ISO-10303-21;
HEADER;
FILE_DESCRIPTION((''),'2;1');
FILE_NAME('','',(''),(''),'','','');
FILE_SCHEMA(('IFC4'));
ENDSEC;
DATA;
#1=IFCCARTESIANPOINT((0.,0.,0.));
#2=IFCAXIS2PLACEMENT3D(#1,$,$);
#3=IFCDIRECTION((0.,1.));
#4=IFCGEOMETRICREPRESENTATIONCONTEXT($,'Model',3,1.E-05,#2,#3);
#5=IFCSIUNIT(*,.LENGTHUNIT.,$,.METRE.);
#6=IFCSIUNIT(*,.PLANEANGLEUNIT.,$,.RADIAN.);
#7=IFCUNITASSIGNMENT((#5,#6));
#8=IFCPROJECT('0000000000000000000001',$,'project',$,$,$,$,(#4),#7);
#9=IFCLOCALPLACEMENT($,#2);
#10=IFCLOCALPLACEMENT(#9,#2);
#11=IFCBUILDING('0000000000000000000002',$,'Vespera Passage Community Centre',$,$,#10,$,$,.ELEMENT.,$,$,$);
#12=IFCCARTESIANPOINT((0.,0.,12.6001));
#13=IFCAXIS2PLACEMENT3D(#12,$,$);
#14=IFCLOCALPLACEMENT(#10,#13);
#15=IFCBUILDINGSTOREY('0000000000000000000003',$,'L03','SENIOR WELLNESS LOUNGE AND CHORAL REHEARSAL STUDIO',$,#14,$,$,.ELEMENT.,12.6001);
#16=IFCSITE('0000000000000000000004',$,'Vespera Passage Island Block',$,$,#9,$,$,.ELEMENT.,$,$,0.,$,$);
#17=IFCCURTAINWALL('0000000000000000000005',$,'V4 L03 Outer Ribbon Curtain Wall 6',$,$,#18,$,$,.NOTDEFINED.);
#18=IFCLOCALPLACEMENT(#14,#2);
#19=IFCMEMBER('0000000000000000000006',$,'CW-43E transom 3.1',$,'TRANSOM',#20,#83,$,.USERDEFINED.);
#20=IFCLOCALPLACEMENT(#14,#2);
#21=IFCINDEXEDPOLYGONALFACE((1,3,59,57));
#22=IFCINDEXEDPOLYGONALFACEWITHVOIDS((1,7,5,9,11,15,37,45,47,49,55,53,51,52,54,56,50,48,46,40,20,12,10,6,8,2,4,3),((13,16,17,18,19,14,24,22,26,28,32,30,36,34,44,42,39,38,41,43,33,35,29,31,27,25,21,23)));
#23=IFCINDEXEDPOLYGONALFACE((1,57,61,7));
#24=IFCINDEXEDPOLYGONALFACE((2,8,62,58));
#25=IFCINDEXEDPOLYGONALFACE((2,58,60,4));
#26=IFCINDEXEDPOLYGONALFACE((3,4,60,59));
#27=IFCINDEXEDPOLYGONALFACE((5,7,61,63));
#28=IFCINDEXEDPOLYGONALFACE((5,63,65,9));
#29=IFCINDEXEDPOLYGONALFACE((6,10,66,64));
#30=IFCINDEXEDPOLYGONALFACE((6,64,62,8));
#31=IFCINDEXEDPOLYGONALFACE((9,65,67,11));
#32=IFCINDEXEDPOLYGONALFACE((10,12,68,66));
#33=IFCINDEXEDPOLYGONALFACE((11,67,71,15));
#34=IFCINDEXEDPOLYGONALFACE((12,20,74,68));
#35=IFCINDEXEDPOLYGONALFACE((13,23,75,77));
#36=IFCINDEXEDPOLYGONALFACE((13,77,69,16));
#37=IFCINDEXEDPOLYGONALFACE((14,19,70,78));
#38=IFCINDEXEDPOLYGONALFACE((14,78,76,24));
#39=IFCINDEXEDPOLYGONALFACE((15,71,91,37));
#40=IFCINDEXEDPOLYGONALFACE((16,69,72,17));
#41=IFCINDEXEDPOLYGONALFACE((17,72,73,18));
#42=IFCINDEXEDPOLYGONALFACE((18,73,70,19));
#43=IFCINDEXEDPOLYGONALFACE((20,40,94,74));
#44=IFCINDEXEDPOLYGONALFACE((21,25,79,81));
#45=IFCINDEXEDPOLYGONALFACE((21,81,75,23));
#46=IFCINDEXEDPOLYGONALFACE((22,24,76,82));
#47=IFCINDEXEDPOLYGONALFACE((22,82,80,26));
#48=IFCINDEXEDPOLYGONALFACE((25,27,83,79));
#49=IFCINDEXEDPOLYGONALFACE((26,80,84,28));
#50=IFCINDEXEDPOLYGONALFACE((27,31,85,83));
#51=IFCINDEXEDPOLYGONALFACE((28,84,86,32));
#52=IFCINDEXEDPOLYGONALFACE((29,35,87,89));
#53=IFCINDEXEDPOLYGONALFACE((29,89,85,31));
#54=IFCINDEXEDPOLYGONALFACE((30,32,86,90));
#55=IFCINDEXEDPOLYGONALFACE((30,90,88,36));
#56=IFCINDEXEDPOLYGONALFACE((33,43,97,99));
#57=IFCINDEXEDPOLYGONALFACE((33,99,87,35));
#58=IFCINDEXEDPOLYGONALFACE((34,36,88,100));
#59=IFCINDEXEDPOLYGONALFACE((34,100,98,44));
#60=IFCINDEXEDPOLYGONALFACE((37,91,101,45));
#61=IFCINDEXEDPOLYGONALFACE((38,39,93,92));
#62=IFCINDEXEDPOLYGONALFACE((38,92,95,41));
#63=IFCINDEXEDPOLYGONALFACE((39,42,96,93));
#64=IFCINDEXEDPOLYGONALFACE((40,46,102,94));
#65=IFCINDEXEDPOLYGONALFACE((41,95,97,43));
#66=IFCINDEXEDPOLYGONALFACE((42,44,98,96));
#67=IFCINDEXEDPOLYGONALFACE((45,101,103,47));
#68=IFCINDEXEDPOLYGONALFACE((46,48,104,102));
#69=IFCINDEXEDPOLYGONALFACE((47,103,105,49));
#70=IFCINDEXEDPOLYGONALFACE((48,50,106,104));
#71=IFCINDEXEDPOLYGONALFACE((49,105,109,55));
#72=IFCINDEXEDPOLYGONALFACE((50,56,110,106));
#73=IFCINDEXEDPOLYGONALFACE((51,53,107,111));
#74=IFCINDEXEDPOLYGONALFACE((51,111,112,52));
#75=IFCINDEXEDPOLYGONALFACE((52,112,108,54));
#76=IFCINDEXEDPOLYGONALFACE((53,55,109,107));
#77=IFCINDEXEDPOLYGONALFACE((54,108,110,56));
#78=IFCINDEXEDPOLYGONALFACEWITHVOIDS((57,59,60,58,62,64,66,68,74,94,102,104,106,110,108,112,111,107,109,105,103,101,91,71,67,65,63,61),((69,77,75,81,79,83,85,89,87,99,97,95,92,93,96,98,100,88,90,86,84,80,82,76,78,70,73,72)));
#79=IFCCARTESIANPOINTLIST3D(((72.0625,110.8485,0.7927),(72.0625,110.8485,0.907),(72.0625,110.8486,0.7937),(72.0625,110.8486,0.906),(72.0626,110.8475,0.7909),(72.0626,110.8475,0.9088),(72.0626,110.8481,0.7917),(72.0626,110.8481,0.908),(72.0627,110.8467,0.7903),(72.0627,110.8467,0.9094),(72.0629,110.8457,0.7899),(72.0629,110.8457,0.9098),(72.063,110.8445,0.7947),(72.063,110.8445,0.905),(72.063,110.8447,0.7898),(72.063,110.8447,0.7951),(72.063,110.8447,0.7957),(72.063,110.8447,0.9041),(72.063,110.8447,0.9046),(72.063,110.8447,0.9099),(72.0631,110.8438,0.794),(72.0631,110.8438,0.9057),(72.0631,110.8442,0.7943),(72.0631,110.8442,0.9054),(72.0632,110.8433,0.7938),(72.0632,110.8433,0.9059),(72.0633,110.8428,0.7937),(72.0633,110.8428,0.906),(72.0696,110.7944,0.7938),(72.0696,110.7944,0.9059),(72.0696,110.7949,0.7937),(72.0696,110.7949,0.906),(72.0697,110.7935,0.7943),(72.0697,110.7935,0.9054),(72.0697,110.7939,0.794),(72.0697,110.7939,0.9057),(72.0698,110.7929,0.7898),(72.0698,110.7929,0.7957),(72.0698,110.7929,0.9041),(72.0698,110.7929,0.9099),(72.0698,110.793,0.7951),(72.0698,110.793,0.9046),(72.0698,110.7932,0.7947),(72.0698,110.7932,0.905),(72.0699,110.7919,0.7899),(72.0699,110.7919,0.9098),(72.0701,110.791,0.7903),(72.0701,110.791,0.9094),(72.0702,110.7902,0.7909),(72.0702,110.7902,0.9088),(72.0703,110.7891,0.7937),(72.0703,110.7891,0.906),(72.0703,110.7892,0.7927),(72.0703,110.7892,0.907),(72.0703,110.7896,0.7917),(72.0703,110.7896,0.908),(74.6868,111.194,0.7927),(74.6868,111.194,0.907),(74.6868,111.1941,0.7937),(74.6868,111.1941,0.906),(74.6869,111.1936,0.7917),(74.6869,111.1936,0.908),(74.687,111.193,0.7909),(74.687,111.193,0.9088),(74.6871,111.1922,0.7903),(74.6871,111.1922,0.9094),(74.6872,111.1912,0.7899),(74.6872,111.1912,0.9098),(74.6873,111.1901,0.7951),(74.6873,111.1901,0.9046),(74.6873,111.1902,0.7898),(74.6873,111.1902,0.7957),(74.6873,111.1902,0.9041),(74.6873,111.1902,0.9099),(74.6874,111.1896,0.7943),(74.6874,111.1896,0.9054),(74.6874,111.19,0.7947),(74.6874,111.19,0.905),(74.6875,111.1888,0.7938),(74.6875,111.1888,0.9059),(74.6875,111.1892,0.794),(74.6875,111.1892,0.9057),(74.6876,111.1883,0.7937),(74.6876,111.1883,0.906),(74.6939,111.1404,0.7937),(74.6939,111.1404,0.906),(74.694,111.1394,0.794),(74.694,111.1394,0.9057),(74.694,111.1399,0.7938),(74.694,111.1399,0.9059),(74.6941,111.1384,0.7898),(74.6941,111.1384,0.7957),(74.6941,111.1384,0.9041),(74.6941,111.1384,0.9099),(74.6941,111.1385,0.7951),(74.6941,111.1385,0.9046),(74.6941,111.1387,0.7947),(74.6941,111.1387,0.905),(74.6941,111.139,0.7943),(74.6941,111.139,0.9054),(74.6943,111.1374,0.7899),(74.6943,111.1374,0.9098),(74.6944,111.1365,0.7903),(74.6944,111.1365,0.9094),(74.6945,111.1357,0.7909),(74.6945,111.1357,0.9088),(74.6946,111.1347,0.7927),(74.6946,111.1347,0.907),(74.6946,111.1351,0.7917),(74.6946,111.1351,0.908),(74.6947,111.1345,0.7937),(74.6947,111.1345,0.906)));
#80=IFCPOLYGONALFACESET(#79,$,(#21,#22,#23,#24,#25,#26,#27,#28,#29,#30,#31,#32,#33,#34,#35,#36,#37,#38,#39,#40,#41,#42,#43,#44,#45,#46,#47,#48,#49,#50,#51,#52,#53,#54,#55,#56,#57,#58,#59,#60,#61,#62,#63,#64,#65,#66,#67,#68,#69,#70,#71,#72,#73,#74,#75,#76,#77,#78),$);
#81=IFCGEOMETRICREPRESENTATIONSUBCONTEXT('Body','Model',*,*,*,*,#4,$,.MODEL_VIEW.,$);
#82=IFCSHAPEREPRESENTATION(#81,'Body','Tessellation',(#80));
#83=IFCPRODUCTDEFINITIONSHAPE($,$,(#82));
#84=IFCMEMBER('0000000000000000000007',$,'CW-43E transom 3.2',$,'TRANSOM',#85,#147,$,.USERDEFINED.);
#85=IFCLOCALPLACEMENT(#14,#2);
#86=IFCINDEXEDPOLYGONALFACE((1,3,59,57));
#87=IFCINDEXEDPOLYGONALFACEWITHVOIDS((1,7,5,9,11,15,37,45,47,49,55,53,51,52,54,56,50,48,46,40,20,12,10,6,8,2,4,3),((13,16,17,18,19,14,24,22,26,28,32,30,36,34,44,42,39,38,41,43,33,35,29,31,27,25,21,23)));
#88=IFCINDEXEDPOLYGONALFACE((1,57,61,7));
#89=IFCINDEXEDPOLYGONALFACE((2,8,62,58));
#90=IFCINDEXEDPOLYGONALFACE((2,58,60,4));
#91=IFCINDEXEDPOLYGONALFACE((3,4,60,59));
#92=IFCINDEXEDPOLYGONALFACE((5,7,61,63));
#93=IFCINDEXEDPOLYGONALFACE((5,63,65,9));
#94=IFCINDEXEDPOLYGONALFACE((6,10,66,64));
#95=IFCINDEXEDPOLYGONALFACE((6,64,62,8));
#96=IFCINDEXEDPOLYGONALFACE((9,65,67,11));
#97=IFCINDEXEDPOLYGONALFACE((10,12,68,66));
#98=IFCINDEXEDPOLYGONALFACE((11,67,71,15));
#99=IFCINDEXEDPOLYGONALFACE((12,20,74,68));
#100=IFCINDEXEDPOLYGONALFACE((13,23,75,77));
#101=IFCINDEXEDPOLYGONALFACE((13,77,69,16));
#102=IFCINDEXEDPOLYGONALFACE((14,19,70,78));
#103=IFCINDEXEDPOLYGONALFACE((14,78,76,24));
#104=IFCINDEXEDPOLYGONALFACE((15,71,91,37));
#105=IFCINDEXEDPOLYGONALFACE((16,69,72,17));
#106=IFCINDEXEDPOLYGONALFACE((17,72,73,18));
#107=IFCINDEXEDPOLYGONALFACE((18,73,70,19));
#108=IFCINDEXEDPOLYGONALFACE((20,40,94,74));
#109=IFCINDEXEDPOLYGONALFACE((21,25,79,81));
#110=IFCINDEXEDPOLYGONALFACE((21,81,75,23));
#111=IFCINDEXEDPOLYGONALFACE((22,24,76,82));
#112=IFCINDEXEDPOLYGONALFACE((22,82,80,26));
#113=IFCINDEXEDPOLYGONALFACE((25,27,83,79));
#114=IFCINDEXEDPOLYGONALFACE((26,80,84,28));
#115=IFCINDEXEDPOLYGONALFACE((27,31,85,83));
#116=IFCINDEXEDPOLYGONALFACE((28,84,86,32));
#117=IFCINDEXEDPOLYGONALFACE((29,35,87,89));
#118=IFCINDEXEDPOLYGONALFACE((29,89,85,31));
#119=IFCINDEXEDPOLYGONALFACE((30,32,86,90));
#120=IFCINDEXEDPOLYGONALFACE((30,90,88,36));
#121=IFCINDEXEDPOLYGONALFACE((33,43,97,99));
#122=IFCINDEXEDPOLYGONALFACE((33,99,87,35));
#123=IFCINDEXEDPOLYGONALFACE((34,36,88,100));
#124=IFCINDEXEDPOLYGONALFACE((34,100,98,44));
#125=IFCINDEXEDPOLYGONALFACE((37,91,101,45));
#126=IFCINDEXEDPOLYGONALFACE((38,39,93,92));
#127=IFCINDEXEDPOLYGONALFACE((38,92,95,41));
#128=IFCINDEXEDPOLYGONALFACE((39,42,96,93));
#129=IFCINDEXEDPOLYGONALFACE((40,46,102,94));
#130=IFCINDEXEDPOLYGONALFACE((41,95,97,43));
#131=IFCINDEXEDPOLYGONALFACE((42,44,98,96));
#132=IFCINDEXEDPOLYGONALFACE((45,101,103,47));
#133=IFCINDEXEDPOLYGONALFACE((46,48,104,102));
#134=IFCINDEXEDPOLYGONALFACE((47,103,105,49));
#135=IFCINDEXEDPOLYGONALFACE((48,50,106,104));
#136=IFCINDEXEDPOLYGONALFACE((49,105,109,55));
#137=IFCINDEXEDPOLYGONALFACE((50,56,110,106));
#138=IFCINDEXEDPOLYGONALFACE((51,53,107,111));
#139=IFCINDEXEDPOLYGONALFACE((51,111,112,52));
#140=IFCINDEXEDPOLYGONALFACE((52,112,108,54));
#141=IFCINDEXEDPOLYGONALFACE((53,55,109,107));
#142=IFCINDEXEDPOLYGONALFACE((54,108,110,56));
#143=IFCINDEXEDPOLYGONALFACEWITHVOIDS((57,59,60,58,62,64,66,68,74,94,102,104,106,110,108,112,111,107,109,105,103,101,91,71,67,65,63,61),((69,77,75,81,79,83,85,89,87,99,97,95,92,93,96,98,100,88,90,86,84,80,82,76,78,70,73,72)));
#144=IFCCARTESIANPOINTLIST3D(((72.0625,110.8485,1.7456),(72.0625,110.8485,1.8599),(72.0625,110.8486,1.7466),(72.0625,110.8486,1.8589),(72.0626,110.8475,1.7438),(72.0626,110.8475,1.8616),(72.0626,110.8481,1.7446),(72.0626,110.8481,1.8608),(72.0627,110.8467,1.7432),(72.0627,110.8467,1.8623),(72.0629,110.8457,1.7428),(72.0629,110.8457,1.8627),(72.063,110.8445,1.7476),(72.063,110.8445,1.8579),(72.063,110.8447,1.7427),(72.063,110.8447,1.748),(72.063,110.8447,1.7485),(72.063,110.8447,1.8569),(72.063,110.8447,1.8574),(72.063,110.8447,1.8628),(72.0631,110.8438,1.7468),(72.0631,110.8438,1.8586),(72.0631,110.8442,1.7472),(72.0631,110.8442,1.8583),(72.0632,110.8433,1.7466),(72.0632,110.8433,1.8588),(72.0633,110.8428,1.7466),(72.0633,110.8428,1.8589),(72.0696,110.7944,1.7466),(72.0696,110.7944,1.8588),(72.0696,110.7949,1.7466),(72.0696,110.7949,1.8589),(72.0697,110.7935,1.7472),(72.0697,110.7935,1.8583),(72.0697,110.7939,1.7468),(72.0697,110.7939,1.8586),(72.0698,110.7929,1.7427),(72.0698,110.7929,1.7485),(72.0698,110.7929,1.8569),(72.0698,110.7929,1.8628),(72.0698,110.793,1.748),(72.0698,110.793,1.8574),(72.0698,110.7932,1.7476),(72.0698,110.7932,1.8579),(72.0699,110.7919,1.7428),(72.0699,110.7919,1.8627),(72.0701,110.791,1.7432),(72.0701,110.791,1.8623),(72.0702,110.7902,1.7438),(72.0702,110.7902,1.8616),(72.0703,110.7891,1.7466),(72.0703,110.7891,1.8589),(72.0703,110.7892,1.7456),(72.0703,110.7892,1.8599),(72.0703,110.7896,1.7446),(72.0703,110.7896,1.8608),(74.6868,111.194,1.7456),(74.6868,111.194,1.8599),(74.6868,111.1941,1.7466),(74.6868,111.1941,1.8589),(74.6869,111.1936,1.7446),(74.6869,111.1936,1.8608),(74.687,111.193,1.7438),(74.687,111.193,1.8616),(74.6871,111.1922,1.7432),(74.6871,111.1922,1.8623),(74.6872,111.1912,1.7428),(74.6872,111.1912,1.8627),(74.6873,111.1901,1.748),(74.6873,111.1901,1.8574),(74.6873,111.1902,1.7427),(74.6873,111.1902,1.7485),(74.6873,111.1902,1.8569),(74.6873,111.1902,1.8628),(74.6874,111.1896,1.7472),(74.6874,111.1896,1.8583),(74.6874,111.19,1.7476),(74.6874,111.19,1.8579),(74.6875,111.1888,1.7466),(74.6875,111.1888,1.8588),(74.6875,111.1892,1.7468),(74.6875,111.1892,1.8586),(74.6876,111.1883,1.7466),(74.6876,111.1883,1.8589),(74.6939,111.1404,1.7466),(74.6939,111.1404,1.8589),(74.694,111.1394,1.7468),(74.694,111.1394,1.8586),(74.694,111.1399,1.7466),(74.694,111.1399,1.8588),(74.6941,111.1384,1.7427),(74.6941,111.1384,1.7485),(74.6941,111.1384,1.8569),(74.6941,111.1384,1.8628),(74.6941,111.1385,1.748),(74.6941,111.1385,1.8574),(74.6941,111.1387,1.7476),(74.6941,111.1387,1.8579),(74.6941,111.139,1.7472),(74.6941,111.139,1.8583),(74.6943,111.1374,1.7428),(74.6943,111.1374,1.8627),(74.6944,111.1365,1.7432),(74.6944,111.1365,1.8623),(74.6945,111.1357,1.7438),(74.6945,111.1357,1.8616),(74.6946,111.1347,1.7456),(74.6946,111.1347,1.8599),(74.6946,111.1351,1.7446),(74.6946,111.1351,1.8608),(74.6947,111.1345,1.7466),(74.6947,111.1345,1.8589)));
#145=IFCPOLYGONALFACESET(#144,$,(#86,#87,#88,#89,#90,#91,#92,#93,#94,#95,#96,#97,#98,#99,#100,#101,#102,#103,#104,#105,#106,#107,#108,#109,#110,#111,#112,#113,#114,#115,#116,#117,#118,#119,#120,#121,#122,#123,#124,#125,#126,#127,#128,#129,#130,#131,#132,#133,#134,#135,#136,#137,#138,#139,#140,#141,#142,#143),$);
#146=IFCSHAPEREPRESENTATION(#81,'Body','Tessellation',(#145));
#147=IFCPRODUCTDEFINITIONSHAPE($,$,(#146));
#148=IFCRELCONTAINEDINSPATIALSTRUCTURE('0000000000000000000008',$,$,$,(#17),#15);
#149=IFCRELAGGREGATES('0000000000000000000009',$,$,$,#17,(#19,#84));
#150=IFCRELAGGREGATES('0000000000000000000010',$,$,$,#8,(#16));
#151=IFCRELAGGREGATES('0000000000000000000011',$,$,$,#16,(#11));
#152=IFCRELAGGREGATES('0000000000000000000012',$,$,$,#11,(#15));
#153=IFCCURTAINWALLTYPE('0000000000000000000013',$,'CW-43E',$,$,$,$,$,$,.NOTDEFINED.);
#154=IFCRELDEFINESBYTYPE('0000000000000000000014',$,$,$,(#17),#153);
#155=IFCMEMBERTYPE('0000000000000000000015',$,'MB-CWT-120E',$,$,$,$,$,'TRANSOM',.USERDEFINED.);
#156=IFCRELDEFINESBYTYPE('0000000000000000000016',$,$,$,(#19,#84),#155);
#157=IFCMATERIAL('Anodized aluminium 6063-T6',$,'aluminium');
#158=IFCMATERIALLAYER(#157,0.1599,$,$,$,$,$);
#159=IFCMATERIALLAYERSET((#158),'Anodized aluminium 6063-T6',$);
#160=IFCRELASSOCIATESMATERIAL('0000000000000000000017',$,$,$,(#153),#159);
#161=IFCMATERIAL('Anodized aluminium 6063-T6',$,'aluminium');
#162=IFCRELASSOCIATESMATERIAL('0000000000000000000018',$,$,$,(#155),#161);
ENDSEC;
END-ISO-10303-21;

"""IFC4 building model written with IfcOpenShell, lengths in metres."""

from ifc_helpers import new_model, si_unit, direction, frame, origin, origin_2d, place, context, subcontext, project, spatial, hollow_rectangle, extrude, material, layer, layer_set, material_profile, profile_set, type_object, element, aggregate, save


model = new_model("IFC4")

# Units and contexts
model_context = context("Model", 3, precision=1e-05, world=origin(), true_north=direction((0.0, 1.0)))
body_context = subcontext(model_context, "Body", "Model", "MODEL_VIEW")
ifc_project = project(units=[si_unit("LENGTHUNIT", "METRE"), si_unit("PLANEANGLEUNIT", "RADIAN")], contexts=[model_context])

# Site, building, storey
site_placement = place(None, origin())
site = spatial("IfcSite", under=ifc_project, at=site_placement, Name="Vespera Passage Island Block", CompositionType="ELEMENT", RefElevation=0.0)
building_placement = place(site_placement, origin())
building = spatial("IfcBuilding", under=site, at=building_placement, Name="Vespera Passage Community Centre", CompositionType="ELEMENT")
storey_placement = place(building_placement, frame((0.0, 0.0, 12.6001)))
storey = spatial("IfcBuildingStorey", under=building, at=storey_placement, Name="L03", Description="SENIOR WELLNESS LOUNGE AND CHORAL REHEARSAL STUDIO", CompositionType="ELEMENT", Elevation=12.6001)

# Curtain wall, members
ifc_material_1 = material(Name="Anodized aluminium 6063-T6", Category="aluminium")
ifc_layer_1 = layer(ifc_material_1, 0.1599)
ifc_layer_set_1 = layer_set([ifc_layer_1], Name="Anodized aluminium 6063-T6")
curtain_wall_type = type_object("IfcCurtainWallType", Name="CW-43E", PredefinedType="NOTDEFINED", material=ifc_layer_set_1)
curtain_wall_placement = place(storey_placement, origin())
curtain_wall = element("IfcCurtainWall", 1, at=curtain_wall_placement, inside=storey, type_object=curtain_wall_type, Name="V4 L03 Outer Ribbon Curtain Wall 6", PredefinedType="NOTDEFINED")
ifc_material_2 = material(Name="Anodized aluminium 6063-T6", Category="aluminium")
ifc_material_profile_1 = material_profile(ifc_material_2, hollow_rectangle(XDim=0.0601, YDim=0.1201, WallThickness=0.0039, InnerFilletRadius=0.002, OuterFilletRadius=0.0039, at=origin_2d()), Name="ALU120X60X4")
ifc_profile_set_1 = profile_set([ifc_material_profile_1], Name="Anodized aluminium 6063-T6")
member_type_1 = type_object("IfcMemberType", Name="MB-CWT-120E", ElementType="TRANSOM", PredefinedType="USERDEFINED", material=ifc_profile_set_1)
member_1_placement = place(storey_placement, frame((72.0664, 110.8188, 0.8499), z_axis=(0.991446, 0.130514, 0.0), x_axis=(-0.130514, 0.991446, 0.0)))
member_1 = element("IfcMember", 2, at=member_1_placement, type_object=member_type_1, Name="CW-43E transom 3.1", ObjectType="TRANSOM", PredefinedType="USERDEFINED", context=body_context, shape_type="SweptSolid", body=[
    extrude(hollow_rectangle(XDim=0.0601, YDim=0.1201, WallThickness=0.0039, InnerFilletRadius=0.002, OuterFilletRadius=0.0039, at=origin_2d()), origin(), (0.0, 0.0, 1.0), 2.647),
])
member_2_placement = place(storey_placement, frame((72.0664, 110.8188, 1.8027), z_axis=(0.991446, 0.130514, 0.0), x_axis=(-0.130514, 0.991446, 0.0)))
member_2 = element("IfcMember", 3, at=member_2_placement, type_object=member_type_1, Name="CW-43E transom 3.2", ObjectType="TRANSOM", PredefinedType="USERDEFINED", context=body_context, shape_type="SweptSolid", body=[
    extrude(hollow_rectangle(XDim=0.0601, YDim=0.1201, WallThickness=0.0039, InnerFilletRadius=0.002, OuterFilletRadius=0.0039, at=origin_2d()), origin(), (0.0, 0.0, 1.0), 2.647),
])
aggregate(curtain_wall, [member_1, member_2])

save(model, "model.ifc")
